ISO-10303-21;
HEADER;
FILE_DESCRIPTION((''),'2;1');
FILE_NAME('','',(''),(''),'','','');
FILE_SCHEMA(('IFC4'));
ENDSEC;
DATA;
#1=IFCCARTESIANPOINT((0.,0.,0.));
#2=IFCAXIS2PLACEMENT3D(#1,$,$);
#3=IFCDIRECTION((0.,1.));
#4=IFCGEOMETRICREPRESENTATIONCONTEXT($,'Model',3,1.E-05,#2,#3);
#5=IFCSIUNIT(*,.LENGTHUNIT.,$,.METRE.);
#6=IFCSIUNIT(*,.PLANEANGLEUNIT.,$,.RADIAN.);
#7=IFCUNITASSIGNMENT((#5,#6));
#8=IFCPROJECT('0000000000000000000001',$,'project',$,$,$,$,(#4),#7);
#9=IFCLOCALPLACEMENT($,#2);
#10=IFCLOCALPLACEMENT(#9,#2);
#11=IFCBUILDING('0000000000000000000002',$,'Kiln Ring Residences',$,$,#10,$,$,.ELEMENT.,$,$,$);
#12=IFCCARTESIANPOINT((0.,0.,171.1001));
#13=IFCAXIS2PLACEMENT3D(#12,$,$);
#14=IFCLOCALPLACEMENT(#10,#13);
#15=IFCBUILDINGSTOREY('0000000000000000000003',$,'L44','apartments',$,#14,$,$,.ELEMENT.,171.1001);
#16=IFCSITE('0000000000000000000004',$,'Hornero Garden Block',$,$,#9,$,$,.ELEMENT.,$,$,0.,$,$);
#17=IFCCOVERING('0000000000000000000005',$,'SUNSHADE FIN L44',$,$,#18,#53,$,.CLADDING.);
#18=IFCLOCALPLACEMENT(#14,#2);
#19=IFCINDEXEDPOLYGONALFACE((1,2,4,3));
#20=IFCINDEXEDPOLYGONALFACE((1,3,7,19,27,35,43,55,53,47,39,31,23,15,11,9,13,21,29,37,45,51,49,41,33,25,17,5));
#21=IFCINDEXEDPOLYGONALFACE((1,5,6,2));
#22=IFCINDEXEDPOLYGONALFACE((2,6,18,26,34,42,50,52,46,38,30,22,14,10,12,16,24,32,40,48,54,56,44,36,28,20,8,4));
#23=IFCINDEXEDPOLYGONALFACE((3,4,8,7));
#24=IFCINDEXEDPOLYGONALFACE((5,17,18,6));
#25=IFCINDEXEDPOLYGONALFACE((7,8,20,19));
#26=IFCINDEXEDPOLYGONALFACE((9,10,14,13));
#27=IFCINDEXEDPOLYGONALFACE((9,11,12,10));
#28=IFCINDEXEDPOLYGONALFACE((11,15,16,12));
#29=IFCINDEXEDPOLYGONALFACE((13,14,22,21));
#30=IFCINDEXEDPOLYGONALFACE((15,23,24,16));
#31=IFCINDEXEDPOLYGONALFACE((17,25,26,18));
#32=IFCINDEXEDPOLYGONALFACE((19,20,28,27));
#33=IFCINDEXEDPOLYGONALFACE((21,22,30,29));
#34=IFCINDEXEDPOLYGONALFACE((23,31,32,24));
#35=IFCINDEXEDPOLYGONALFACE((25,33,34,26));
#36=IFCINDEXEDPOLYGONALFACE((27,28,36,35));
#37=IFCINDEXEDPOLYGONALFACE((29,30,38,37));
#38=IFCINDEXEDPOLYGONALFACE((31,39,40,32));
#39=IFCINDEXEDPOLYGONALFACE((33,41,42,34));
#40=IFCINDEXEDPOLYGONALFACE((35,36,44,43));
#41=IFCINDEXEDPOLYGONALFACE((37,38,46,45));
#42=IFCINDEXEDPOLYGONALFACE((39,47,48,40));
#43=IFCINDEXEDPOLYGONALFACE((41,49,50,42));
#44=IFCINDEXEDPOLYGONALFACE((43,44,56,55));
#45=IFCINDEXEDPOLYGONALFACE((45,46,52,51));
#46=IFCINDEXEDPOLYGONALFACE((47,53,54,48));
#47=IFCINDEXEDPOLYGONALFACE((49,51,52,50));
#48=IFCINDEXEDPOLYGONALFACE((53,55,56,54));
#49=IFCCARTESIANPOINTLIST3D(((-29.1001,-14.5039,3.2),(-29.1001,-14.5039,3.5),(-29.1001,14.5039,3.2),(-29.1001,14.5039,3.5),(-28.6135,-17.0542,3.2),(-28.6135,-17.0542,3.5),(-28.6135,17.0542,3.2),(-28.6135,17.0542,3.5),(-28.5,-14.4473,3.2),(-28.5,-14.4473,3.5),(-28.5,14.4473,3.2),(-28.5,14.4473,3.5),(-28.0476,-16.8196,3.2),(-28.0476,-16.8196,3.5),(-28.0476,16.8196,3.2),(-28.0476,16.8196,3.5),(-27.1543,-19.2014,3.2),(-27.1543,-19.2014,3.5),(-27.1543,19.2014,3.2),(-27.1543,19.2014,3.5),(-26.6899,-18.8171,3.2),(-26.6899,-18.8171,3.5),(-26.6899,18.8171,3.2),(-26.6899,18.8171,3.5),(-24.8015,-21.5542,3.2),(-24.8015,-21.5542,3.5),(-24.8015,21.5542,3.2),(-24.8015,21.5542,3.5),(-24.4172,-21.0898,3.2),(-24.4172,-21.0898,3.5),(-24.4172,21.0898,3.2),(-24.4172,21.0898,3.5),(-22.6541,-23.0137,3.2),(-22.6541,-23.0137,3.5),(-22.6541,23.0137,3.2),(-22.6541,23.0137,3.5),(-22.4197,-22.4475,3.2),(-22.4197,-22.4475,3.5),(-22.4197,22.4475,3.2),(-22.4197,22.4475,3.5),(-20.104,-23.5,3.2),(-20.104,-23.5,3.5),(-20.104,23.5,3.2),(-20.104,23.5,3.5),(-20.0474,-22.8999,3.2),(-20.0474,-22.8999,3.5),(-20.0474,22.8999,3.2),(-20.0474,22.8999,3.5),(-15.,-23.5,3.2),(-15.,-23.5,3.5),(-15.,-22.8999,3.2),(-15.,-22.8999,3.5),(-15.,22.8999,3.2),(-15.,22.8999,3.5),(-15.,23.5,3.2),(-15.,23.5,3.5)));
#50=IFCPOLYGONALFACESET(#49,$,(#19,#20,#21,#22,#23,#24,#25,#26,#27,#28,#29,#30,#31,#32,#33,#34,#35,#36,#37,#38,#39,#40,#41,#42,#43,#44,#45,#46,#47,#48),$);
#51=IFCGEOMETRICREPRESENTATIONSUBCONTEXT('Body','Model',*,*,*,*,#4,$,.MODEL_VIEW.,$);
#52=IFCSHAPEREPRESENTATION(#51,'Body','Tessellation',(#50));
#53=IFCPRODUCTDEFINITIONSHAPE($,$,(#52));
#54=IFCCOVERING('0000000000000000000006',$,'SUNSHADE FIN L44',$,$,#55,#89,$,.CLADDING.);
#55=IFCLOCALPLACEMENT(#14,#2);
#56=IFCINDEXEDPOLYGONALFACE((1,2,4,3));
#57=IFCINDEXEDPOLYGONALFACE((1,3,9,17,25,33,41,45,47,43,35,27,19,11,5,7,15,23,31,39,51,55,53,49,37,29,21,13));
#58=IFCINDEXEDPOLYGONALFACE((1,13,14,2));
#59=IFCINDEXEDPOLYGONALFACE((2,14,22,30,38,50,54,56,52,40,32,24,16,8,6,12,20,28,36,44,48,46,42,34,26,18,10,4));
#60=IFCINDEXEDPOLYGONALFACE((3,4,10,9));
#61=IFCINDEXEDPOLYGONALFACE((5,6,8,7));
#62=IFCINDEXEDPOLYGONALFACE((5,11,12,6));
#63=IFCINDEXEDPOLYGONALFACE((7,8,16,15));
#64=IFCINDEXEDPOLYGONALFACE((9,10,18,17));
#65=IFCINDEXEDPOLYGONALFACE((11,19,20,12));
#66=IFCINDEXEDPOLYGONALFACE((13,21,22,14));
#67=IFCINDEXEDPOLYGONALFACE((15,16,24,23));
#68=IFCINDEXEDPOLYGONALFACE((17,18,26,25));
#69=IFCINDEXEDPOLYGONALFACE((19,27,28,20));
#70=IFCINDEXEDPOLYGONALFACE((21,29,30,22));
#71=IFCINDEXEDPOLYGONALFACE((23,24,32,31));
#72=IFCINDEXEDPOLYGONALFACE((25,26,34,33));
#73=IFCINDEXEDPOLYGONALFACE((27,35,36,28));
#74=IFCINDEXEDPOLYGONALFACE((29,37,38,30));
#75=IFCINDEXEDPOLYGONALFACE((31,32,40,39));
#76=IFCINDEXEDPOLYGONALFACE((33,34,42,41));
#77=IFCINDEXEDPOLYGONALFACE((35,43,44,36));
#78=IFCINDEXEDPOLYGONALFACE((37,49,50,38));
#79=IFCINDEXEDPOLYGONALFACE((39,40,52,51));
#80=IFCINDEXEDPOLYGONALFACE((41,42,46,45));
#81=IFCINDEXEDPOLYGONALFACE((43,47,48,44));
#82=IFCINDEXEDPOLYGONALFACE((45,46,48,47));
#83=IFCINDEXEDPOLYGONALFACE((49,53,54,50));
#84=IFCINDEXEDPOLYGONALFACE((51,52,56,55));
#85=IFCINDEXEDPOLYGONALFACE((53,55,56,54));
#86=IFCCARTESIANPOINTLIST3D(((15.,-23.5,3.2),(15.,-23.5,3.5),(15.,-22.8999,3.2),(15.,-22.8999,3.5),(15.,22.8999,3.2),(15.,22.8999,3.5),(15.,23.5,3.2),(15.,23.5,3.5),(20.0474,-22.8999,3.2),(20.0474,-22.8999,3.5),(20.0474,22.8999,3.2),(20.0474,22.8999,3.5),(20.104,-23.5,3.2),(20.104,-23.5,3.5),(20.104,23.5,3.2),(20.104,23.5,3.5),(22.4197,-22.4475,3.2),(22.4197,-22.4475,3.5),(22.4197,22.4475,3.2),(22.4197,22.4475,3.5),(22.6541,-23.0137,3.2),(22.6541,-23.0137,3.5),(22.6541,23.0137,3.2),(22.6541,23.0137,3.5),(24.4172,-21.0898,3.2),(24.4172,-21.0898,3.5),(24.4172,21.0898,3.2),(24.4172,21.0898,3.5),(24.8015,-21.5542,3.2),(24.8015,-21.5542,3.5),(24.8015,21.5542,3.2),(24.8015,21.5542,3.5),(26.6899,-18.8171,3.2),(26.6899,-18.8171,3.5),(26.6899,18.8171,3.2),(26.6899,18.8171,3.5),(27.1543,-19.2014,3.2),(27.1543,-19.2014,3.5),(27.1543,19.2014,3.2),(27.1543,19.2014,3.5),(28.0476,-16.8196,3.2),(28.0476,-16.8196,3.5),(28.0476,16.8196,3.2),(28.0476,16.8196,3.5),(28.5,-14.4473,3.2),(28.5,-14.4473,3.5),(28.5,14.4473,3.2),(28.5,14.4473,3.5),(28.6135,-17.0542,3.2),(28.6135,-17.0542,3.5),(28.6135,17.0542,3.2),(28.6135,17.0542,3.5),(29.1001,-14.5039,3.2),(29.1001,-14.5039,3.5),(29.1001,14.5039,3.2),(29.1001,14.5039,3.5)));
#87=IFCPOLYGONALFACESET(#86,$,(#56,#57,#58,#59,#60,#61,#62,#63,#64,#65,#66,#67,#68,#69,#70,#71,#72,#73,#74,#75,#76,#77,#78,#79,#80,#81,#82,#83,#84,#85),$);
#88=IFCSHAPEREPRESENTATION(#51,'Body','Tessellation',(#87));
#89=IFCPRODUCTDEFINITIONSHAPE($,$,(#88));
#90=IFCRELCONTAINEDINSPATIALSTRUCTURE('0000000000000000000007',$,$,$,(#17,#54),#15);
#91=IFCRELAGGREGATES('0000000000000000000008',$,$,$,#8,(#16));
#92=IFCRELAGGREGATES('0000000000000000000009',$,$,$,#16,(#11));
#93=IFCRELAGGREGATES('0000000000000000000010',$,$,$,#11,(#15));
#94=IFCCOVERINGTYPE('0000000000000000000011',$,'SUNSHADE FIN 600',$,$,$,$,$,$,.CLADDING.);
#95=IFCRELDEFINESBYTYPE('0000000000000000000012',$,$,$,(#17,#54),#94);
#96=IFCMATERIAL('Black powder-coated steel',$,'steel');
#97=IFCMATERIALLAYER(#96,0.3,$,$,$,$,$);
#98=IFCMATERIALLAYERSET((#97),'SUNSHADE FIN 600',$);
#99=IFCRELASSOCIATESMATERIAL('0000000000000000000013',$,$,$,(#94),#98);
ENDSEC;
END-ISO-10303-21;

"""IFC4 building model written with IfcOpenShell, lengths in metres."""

from ifc_helpers import new_model, si_unit, direction, frame, origin, place, context, subcontext, project, spatial, polyline, outline, extrude, material, layer, layer_set, type_object, element, save


model = new_model("IFC4")

# Units and contexts
model_context = context("Model", 3, precision=1e-05, world=origin(), true_north=direction((0.0, 1.0)))
body_context = subcontext(model_context, "Body", "Model", "MODEL_VIEW")
ifc_project = project(units=[si_unit("LENGTHUNIT", "METRE"), si_unit("PLANEANGLEUNIT", "RADIAN")], contexts=[model_context])

# Site, building, storey
site_placement = place(None, origin())
site = spatial("IfcSite", under=ifc_project, at=site_placement, Name="Hornero Garden Block", CompositionType="ELEMENT", RefElevation=0.0)
building_placement = place(site_placement, origin())
building = spatial("IfcBuilding", under=site, at=building_placement, Name="Kiln Ring Residences", CompositionType="ELEMENT")
storey_placement = place(building_placement, frame((0.0, 0.0, 171.1001)))
storey = spatial("IfcBuildingStorey", under=building, at=storey_placement, Name="L44", Description="apartments", CompositionType="ELEMENT", Elevation=171.1001)

# Coverings
ifc_material_1 = material(Name="Black powder-coated steel", Category="steel")
ifc_layer_1 = layer(ifc_material_1, 0.3)
ifc_layer_set_1 = layer_set([ifc_layer_1], Name="SUNSHADE FIN 600")
covering_type = type_object("IfcCoveringType", Name="SUNSHADE FIN 600", PredefinedType="CLADDING", material=ifc_layer_set_1)
placement = place(storey_placement, frame((0.0, 0.0, 3.2)))
element("IfcCovering", 1, at=placement, inside=storey, type_object=covering_type, Name="SUNSHADE FIN L44", PredefinedType="CLADDING", context=body_context, shape_type="SweptSolid", body=[
    extrude(outline(polyline([(-29.1001, -14.5039), (-28.6135, -17.0542), (-27.1543, -19.2014), (-24.8015, -21.5542), (-22.6541, -23.0137), (-20.104, -23.5), (-15.0, -23.5), (-15.0, -22.8999), (-20.0474, -22.8999), (-22.4197, -22.4475), (-24.4172, -21.0898), (-26.6899, -18.8171), (-28.0476, -16.8196), (-28.5, -14.4473), (-28.5, 14.4473), (-28.0476, 16.8196), (-26.6899, 18.8171), (-24.4172, 21.0898), (-22.4197, 22.4475), (-20.0474, 22.8999), (-15.0, 22.8999), (-15.0, 23.5), (-20.104, 23.5), (-22.6541, 23.0137), (-24.8015, 21.5542), (-27.1543, 19.2014), (-28.6135, 17.0542), (-29.1001, 14.5039), (-29.1001, -14.5039)])), origin(), (0.0, 0.0, 1.0), 0.3),
])
element("IfcCovering", 2, at=placement, inside=storey, type_object=covering_type, Name="SUNSHADE FIN L44", PredefinedType="CLADDING", context=body_context, shape_type="SweptSolid", body=[
    extrude(outline(polyline([(20.104, 23.5), (15.0, 23.5), (15.0, 22.8999), (20.0474, 22.8999), (22.4197, 22.4475), (24.4172, 21.0898), (26.6899, 18.8171), (28.0476, 16.8196), (28.5, 14.4473), (28.5, -14.4473), (28.0476, -16.8196), (26.6899, -18.8171), (24.4172, -21.0898), (22.4197, -22.4475), (20.0474, -22.8999), (15.0, -22.8999), (15.0, -23.5), (20.104, -23.5), (22.6541, -23.0137), (24.8015, -21.5542), (27.1543, -19.2014), (28.6135, -17.0542), (29.1001, -14.5039), (29.1001, 14.5039), (28.6135, 17.0542), (27.1543, 19.2014), (24.8015, 21.5542), (22.6541, 23.0137), (20.104, 23.5)])), origin(), (0.0, 0.0, 1.0), 0.3),
])

save(model, "model.ifc")
